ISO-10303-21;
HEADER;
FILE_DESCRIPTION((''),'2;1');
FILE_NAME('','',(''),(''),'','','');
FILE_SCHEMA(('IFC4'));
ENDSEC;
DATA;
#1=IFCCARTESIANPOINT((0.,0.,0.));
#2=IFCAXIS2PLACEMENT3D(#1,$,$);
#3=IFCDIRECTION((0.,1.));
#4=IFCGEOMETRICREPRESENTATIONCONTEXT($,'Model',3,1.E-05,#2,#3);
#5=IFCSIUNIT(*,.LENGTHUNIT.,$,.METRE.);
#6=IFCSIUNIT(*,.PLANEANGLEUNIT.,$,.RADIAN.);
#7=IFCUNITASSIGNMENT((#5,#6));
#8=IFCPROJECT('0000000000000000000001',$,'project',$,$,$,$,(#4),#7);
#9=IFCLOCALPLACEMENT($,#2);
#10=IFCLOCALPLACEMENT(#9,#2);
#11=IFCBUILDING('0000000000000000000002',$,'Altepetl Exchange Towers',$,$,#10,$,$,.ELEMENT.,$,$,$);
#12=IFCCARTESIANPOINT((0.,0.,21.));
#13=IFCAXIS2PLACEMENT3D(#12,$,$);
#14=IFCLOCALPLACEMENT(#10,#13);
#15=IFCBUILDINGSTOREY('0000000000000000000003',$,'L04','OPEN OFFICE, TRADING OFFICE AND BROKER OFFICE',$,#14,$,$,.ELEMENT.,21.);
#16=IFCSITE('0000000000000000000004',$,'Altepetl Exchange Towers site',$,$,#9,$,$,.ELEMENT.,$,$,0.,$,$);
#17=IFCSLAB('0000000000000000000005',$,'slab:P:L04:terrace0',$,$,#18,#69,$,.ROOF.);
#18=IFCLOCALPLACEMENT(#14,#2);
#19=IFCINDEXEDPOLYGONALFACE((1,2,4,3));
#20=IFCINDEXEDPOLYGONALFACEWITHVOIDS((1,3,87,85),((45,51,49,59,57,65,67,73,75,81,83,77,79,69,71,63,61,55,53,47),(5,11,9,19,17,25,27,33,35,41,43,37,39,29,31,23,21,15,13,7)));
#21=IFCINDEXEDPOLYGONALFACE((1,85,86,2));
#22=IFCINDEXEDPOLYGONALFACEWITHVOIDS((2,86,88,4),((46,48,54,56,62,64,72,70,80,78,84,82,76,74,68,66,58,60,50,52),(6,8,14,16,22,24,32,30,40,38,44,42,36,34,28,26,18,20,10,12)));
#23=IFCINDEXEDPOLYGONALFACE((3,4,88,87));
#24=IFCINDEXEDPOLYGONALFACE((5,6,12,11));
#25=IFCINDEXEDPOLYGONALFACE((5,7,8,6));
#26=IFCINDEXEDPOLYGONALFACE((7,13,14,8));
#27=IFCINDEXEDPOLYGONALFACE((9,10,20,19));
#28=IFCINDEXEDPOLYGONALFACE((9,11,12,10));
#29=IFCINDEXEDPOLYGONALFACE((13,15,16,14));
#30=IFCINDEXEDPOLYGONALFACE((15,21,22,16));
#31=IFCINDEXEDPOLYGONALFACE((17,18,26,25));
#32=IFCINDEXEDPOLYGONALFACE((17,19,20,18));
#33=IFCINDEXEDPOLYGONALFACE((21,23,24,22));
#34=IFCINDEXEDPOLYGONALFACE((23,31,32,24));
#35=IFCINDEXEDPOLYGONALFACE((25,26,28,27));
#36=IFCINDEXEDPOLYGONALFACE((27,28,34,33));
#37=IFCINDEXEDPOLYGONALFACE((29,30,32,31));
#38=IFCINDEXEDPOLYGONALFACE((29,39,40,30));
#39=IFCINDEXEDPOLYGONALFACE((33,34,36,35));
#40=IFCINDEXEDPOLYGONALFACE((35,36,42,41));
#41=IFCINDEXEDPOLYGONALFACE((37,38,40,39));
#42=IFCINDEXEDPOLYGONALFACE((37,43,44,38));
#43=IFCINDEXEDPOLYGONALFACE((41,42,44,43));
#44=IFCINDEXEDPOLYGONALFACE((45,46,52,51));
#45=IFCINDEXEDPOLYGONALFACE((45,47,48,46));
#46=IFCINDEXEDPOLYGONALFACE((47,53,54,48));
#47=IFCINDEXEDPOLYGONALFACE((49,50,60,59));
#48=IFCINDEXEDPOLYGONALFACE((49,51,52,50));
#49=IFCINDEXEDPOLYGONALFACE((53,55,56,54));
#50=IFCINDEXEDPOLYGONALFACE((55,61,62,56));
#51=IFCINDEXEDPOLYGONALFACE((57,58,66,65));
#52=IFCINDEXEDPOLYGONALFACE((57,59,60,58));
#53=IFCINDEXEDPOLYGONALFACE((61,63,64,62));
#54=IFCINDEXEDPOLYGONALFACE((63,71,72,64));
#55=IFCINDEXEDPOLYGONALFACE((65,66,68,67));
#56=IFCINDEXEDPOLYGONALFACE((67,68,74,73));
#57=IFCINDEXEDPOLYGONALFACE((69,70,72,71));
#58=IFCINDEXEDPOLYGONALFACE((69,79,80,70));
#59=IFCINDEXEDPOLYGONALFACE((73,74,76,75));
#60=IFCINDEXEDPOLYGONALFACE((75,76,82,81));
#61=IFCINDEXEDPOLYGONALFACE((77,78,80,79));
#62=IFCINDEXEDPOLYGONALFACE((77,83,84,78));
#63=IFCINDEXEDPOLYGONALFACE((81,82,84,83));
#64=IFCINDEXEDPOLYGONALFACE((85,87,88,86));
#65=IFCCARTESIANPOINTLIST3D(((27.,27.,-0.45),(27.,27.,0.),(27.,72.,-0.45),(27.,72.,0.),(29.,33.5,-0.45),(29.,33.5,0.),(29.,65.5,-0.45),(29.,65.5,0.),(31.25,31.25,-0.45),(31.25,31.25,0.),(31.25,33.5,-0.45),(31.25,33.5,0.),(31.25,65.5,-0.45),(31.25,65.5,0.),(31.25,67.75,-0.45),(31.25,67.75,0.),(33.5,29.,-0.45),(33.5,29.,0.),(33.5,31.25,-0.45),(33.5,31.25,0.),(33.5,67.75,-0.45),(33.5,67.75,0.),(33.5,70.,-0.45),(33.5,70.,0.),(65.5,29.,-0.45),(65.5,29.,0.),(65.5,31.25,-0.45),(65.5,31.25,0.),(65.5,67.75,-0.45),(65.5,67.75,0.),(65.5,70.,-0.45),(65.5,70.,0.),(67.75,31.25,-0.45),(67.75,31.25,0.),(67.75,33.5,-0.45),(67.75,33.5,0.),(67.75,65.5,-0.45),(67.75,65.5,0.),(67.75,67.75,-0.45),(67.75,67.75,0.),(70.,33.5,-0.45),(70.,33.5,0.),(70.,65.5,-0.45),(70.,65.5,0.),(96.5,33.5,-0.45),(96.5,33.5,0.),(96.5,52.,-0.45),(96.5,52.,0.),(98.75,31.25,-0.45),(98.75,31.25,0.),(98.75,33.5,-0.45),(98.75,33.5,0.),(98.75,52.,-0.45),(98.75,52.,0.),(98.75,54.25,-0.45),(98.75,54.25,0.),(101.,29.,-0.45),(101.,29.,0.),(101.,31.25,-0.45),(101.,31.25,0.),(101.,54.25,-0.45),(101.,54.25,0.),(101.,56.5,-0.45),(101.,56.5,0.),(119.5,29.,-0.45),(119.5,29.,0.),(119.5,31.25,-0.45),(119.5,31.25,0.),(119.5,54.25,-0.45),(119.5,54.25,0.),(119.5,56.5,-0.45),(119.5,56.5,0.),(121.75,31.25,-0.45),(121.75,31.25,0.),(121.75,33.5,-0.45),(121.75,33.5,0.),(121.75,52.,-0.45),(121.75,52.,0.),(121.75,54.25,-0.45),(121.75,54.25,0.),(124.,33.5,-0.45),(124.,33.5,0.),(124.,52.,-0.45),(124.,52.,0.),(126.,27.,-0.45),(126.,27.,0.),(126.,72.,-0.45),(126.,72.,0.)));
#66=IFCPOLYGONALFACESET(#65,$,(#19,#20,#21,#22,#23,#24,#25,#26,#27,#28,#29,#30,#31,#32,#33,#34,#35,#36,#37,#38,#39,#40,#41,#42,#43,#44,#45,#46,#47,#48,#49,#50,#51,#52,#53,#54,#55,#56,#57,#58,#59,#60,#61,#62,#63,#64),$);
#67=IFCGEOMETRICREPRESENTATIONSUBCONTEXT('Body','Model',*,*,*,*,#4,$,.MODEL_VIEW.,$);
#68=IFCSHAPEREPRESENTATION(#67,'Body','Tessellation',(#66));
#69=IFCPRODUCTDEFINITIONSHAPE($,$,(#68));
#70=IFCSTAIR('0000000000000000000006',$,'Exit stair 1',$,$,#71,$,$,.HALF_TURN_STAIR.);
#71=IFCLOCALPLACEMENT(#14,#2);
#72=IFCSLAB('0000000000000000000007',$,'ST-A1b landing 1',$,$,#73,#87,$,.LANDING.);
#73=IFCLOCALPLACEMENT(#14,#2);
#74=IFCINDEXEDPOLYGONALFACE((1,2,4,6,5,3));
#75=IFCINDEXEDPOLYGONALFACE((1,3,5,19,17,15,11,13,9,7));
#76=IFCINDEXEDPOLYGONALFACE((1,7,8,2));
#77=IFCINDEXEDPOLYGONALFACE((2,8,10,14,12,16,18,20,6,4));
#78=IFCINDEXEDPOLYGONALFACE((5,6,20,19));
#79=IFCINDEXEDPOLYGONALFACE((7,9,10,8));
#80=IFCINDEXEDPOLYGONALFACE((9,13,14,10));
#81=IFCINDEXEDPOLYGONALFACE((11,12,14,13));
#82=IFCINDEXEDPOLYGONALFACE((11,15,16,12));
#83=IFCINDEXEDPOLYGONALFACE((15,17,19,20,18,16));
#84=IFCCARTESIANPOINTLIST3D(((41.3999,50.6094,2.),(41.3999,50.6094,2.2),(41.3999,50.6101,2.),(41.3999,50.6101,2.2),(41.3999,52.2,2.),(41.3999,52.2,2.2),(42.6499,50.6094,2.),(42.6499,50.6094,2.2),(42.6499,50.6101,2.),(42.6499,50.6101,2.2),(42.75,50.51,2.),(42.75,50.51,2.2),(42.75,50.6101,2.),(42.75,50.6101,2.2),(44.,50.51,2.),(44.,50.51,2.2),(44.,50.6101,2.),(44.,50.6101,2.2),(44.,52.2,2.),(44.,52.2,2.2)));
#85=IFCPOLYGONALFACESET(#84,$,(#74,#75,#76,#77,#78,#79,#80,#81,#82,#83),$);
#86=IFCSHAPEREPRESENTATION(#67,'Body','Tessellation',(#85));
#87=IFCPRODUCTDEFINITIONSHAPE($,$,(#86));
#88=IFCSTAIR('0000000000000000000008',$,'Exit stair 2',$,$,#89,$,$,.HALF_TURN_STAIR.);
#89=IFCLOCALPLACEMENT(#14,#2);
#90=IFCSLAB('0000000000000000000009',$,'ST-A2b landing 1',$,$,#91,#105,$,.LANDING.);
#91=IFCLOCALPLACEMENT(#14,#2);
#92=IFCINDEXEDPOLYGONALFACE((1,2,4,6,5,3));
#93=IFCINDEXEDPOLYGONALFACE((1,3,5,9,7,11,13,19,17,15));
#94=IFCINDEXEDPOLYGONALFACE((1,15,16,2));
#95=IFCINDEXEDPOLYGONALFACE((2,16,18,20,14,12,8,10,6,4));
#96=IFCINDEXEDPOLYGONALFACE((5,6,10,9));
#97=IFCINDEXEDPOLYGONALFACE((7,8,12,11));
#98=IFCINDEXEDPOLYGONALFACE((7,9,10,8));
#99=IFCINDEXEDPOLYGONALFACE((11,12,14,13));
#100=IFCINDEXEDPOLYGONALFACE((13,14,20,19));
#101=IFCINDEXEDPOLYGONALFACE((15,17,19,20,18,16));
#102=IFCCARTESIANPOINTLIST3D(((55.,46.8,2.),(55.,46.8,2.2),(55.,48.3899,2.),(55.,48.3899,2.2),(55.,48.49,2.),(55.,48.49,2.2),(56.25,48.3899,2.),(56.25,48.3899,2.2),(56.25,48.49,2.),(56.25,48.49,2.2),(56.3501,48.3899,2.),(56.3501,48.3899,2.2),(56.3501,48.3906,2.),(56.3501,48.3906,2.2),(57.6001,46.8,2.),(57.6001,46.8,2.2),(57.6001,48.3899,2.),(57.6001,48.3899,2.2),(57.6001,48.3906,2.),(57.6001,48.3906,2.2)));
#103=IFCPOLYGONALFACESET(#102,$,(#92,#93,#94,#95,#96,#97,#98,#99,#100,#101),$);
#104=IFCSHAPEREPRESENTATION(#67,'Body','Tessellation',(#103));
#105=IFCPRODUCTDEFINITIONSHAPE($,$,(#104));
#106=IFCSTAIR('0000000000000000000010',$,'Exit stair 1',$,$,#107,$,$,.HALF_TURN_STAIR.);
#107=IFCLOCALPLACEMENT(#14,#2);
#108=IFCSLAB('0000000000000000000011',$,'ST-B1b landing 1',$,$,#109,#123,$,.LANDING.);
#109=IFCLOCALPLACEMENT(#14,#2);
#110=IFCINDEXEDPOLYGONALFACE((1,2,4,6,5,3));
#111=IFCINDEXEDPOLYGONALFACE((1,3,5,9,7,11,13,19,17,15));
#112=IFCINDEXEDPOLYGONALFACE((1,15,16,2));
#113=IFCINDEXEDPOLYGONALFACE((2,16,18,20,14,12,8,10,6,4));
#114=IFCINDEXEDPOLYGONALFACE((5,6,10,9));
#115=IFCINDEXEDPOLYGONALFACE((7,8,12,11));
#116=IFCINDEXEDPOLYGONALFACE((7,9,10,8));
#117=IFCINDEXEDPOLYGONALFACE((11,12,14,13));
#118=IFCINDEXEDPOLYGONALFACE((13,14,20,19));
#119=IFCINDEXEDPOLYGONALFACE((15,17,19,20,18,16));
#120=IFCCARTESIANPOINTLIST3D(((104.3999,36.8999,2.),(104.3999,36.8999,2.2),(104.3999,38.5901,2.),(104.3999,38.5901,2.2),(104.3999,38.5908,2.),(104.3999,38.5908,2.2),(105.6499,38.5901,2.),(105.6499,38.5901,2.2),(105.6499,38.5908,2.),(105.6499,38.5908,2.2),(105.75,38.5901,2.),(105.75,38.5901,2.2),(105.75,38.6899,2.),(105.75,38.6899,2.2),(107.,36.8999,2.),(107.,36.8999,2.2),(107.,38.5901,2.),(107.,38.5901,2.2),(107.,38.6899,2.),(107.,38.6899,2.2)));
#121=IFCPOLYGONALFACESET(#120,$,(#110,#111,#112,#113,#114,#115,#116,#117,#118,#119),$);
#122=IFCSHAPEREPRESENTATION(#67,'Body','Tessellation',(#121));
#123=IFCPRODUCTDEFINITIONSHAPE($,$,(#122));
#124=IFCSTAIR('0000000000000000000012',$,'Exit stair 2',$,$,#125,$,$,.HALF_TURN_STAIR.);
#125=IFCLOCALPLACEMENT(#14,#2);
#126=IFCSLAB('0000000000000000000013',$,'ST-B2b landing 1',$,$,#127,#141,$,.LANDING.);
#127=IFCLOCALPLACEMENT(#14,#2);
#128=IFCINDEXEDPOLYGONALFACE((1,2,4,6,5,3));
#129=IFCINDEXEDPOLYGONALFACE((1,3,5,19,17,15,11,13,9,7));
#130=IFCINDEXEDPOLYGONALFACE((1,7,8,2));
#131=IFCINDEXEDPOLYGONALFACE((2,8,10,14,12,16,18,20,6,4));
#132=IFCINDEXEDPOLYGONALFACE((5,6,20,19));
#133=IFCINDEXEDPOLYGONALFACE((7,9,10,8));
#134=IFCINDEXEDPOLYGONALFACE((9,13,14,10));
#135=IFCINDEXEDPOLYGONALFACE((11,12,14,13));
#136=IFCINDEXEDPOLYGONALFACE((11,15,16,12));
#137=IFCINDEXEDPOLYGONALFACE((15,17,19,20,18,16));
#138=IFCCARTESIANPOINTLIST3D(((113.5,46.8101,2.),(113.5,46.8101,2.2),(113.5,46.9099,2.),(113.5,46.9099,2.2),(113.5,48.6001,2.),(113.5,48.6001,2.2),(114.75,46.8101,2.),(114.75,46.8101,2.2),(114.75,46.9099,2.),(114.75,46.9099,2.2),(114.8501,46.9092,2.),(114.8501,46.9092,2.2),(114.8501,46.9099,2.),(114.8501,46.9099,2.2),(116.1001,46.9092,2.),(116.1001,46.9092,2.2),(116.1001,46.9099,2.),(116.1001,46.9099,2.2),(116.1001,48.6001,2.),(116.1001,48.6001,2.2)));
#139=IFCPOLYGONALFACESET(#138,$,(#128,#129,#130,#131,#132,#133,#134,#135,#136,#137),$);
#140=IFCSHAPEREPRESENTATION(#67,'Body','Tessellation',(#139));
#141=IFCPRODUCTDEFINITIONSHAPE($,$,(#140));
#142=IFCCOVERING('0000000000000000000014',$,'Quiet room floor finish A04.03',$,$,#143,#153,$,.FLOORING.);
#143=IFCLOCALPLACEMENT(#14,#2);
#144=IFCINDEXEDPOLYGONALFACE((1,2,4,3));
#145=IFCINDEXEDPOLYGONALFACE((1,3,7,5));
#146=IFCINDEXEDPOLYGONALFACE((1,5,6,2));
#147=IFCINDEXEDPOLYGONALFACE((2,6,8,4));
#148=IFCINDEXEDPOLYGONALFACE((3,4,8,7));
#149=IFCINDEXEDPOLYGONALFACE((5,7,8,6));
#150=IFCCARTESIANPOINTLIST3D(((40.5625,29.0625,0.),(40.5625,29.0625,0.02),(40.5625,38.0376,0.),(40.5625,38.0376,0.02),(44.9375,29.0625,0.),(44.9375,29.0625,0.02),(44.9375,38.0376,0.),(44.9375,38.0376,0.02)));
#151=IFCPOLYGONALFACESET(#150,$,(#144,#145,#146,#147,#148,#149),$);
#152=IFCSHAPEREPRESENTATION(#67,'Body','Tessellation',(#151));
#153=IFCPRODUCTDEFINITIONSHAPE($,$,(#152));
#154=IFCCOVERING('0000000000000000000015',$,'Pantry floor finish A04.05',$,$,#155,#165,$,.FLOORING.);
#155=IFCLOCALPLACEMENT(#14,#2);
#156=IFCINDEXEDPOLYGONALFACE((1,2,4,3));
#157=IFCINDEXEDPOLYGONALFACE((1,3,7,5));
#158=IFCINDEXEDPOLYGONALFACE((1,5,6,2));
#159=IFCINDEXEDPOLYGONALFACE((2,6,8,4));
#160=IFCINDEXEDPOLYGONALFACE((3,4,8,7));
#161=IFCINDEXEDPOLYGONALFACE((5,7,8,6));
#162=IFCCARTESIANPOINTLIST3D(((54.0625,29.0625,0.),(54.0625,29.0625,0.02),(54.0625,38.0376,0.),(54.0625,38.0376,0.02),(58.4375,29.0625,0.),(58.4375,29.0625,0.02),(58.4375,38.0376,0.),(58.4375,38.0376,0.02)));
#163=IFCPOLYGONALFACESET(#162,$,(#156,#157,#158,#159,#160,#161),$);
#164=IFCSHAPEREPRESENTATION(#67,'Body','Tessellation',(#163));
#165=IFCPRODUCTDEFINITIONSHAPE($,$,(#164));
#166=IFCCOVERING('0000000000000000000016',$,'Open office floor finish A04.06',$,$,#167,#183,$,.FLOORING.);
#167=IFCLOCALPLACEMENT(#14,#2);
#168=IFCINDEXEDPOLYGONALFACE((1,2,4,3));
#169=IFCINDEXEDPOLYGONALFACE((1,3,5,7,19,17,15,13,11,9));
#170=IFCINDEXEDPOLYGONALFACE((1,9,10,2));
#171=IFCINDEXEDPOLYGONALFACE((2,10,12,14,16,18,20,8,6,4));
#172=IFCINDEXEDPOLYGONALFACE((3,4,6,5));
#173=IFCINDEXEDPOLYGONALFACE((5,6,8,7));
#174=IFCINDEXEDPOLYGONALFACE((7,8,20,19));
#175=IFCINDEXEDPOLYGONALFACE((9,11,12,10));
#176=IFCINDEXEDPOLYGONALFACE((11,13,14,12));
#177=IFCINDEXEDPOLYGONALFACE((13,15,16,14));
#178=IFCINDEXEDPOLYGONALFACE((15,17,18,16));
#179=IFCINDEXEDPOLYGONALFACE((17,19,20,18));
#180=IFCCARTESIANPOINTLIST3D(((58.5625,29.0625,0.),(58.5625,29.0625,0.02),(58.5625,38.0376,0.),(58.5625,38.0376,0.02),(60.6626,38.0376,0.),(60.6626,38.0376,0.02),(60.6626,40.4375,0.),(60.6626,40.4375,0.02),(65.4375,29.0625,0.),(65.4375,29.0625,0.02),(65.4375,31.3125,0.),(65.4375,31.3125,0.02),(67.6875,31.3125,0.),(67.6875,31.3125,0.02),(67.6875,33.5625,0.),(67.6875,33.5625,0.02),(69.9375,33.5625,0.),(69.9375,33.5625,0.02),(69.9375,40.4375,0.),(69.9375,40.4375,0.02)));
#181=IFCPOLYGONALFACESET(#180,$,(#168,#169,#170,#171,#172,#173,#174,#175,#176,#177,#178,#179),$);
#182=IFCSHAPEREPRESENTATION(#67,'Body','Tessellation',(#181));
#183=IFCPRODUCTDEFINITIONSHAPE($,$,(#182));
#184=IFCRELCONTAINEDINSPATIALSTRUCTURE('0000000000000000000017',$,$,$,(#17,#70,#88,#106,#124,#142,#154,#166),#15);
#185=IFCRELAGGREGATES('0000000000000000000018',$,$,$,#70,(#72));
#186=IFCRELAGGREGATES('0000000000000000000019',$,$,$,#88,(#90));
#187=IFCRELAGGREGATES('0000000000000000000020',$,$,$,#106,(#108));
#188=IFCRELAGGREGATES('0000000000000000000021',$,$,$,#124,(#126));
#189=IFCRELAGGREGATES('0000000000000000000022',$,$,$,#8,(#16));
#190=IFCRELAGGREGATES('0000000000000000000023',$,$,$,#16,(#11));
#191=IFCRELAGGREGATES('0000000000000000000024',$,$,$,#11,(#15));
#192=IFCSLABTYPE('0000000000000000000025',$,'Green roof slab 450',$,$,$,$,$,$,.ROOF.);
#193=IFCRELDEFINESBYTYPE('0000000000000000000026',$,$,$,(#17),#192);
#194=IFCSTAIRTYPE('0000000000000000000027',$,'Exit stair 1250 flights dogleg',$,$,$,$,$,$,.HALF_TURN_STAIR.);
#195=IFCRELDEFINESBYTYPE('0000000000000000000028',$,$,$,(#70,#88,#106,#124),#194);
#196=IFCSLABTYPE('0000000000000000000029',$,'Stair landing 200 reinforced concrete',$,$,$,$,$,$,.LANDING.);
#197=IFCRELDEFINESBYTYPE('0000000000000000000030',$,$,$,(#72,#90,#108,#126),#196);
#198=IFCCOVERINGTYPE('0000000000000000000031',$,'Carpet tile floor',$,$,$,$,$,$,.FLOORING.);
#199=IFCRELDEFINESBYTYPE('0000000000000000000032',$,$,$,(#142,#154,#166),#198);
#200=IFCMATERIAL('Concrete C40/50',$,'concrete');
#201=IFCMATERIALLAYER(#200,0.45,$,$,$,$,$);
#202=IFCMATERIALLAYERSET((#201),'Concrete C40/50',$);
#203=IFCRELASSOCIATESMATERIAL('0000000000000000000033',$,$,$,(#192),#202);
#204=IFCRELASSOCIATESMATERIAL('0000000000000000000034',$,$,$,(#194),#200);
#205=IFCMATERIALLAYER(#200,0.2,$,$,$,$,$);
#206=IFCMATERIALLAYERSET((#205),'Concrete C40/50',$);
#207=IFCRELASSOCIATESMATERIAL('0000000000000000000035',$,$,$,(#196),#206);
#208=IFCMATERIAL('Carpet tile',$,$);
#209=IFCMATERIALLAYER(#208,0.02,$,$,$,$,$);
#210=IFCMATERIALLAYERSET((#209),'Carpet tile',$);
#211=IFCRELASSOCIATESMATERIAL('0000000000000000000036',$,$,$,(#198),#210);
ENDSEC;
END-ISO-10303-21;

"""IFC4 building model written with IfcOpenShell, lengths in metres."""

from ifc_helpers import new_model, si_unit, direction, frame, origin, place, context, subcontext, project, spatial, polyline, outline, extrude, material, layer, layer_set, type_object, element, aggregate, save


model = new_model("IFC4")

# Units and contexts
model_context = context("Model", 3, precision=1e-05, world=origin(), true_north=direction((0.0, 1.0)))
body_context = subcontext(model_context, "Body", "Model", "MODEL_VIEW")
ifc_project = project(units=[si_unit("LENGTHUNIT", "METRE"), si_unit("PLANEANGLEUNIT", "RADIAN")], contexts=[model_context])

# Site, building, storey
site_placement = place(None, origin())
site = spatial("IfcSite", under=ifc_project, at=site_placement, Name="Altepetl Exchange Towers site", CompositionType="ELEMENT", RefElevation=0.0)
building_placement = place(site_placement, origin())
building = spatial("IfcBuilding", under=site, at=building_placement, Name="Altepetl Exchange Towers", CompositionType="ELEMENT")
storey_placement = place(building_placement, frame((0.0, 0.0, 21.0)))
storey = spatial("IfcBuildingStorey", under=building, at=storey_placement, Name="L04", Description="OPEN OFFICE, TRADING OFFICE AND BROKER OFFICE", CompositionType="ELEMENT", Elevation=21.0)

# Slab
ifc_material_1 = material(Name="Concrete C40/50", Category="concrete")
ifc_layer_1 = layer(ifc_material_1, 0.45)
ifc_layer_set_1 = layer_set([ifc_layer_1], Name="Concrete C40/50")
slab_type_1 = type_object("IfcSlabType", Name="Green roof slab 450", PredefinedType="ROOF", material=ifc_layer_set_1)
slab_1_placement = place(storey_placement, frame((0.0, 0.0, -0.45)))
element("IfcSlab", 1, at=slab_1_placement, inside=storey, type_object=slab_type_1, Name="slab:P:L04:terrace0", PredefinedType="ROOF", context=body_context, shape_type="SweptSolid", body=[
    extrude(outline(polyline([(27.0, 27.0), (126.0, 27.0), (126.0, 72.0), (27.0, 72.0), (27.0, 27.0)]), holes=[polyline([(98.75, 52.0), (98.75, 54.25), (101.0, 54.25), (101.0, 56.5), (119.5, 56.5), (119.5, 54.25), (121.75, 54.25), (121.75, 52.0), (124.0, 52.0), (124.0, 33.5), (121.75, 33.5), (121.75, 31.25), (119.5, 31.25), (119.5, 29.0), (101.0, 29.0), (101.0, 31.25), (98.75, 31.25), (98.75, 33.5), (96.5, 33.5), (96.5, 52.0), (98.75, 52.0)]), polyline([(31.25, 65.5), (31.25, 67.75), (33.5, 67.75), (33.5, 70.0), (65.5, 70.0), (65.5, 67.75), (67.75, 67.75), (67.75, 65.5), (70.0, 65.5), (70.0, 33.5), (67.75, 33.5), (67.75, 31.25), (65.5, 31.25), (65.5, 29.0), (33.5, 29.0), (33.5, 31.25), (31.25, 31.25), (31.25, 33.5), (29.0, 33.5), (29.0, 65.5), (31.25, 65.5)])]), origin(), (0.0, 0.0, 1.0), 0.45),
])

# Stairs, slabs
stair_type = type_object("IfcStairType", Name="Exit stair 1250 flights dogleg", PredefinedType="HALF_TURN_STAIR", material=ifc_material_1)
stair_1_placement = place(storey_placement, origin())
stair_1 = element("IfcStair", 2, at=stair_1_placement, inside=storey, type_object=stair_type, Name="Exit stair 1", PredefinedType="HALF_TURN_STAIR")
ifc_layer_2 = layer(ifc_material_1, 0.2)
ifc_layer_set_2 = layer_set([ifc_layer_2], Name="Concrete C40/50")
slab_type_2 = type_object("IfcSlabType", Name="Stair landing 200 reinforced concrete", PredefinedType="LANDING", material=ifc_layer_set_2)
slab_2_placement = place(storey_placement, frame((0.0, 0.0, 2.0)))
slab_2 = element("IfcSlab", 3, at=slab_2_placement, type_object=slab_type_2, Name="ST-A1b landing 1", PredefinedType="LANDING", context=body_context, shape_type="SweptSolid", body=[
    extrude(outline(polyline([(44.0, 50.51), (42.75, 50.51), (42.75, 50.6101), (42.6499, 50.6101), (42.6499, 50.6094), (41.3999, 50.6094), (41.3999, 50.6101), (41.3999, 52.2), (44.0, 52.2), (44.0, 50.6101), (44.0, 50.51)])), origin(), (0.0, 0.0, 1.0), 0.2),
])
aggregate(stair_1, [slab_2])
stair_2_placement = place(storey_placement, origin())
stair_2 = element("IfcStair", 4, at=stair_2_placement, inside=storey, type_object=stair_type, Name="Exit stair 2", PredefinedType="HALF_TURN_STAIR")
slab_3_placement = place(storey_placement, frame((0.0, 0.0, 2.0)))
slab_3 = element("IfcSlab", 5, at=slab_3_placement, type_object=slab_type_2, Name="ST-A2b landing 1", PredefinedType="LANDING", context=body_context, shape_type="SweptSolid", body=[
    extrude(outline(polyline([(57.6001, 46.8), (55.0, 46.8), (55.0, 48.3899), (55.0, 48.49), (56.25, 48.49), (56.25, 48.3899), (56.3501, 48.3899), (56.3501, 48.3906), (57.6001, 48.3906), (57.6001, 48.3899), (57.6001, 46.8)])), origin(), (0.0, 0.0, 1.0), 0.2),
])
aggregate(stair_2, [slab_3])
stair_3_placement = place(storey_placement, origin())
stair_3 = element("IfcStair", 6, at=stair_3_placement, inside=storey, type_object=stair_type, Name="Exit stair 1", PredefinedType="HALF_TURN_STAIR")
slab_4_placement = place(storey_placement, frame((0.0, 0.0, 2.0)))
slab_4 = element("IfcSlab", 7, at=slab_4_placement, type_object=slab_type_2, Name="ST-B1b landing 1", PredefinedType="LANDING", context=body_context, shape_type="SweptSolid", body=[
    extrude(outline(polyline([(107.0, 36.8999), (104.3999, 36.8999), (104.3999, 38.5901), (104.3999, 38.5908), (105.6499, 38.5908), (105.6499, 38.5901), (105.75, 38.5901), (105.75, 38.6899), (107.0, 38.6899), (107.0, 38.5901), (107.0, 36.8999)])), origin(), (0.0, 0.0, 1.0), 0.2),
])
aggregate(stair_3, [slab_4])
stair_4_placement = place(storey_placement, origin())
stair_4 = element("IfcStair", 8, at=stair_4_placement, inside=storey, type_object=stair_type, Name="Exit stair 2", PredefinedType="HALF_TURN_STAIR")
slab_5_placement = place(storey_placement, frame((0.0, 0.0, 2.0)))
slab_5 = element("IfcSlab", 9, at=slab_5_placement, type_object=slab_type_2, Name="ST-B2b landing 1", PredefinedType="LANDING", context=body_context, shape_type="SweptSolid", body=[
    extrude(outline(polyline([(114.75, 46.8101), (113.5, 46.8101), (113.5, 46.9099), (113.5, 48.6001), (116.1001, 48.6001), (116.1001, 46.9099), (116.1001, 46.9092), (114.8501, 46.9092), (114.8501, 46.9099), (114.75, 46.9099), (114.75, 46.8101)])), origin(), (0.0, 0.0, 1.0), 0.2),
])
aggregate(stair_4, [slab_5])

# Coverings
ifc_material_2 = material(Name="Carpet tile")
ifc_layer_3 = layer(ifc_material_2, 0.02)
ifc_layer_set_3 = layer_set([ifc_layer_3], Name="Carpet tile")
covering_type_1 = type_object("IfcCoveringType", Name="Carpet tile floor", PredefinedType="FLOORING", material=ifc_layer_set_3)
covering_1_placement = place(storey_placement, origin())
element("IfcCovering", 10, at=covering_1_placement, inside=storey, type_object=covering_type_1, Name="Quiet room floor finish A04.03", PredefinedType="FLOORING", context=body_context, shape_type="SweptSolid", body=[
    extrude(outline(polyline([(44.9375, 29.0625), (44.9375, 38.0376), (40.5625, 38.0376), (40.5625, 29.0625), (44.9375, 29.0625)])), origin(), (0.0, 0.0, 1.0), 0.02),
])
covering_2_placement = place(storey_placement, origin())
element("IfcCovering", 11, at=covering_2_placement, inside=storey, type_object=covering_type_1, Name="Pantry floor finish A04.05", PredefinedType="FLOORING", context=body_context, shape_type="SweptSolid", body=[
    extrude(outline(polyline([(58.4375, 29.0625), (58.4375, 38.0376), (54.0625, 38.0376), (54.0625, 29.0625), (58.4375, 29.0625)])), origin(), (0.0, 0.0, 1.0), 0.02),
])
covering_3_placement = place(storey_placement, origin())
element("IfcCovering", 12, at=covering_3_placement, inside=storey, type_object=covering_type_1, Name="Open office floor finish A04.06", PredefinedType="FLOORING", context=body_context, shape_type="SweptSolid", body=[
    extrude(outline(polyline([(58.5625, 29.0625), (65.4375, 29.0625), (65.4375, 31.3125), (67.6875, 31.3125), (67.6875, 33.5625), (69.9375, 33.5625), (69.9375, 40.4375), (60.6626, 40.4375), (60.6626, 38.0376), (58.5625, 38.0376), (58.5625, 29.0625)])), origin(), (0.0, 0.0, 1.0), 0.02),
])

save(model, "model.ifc")
